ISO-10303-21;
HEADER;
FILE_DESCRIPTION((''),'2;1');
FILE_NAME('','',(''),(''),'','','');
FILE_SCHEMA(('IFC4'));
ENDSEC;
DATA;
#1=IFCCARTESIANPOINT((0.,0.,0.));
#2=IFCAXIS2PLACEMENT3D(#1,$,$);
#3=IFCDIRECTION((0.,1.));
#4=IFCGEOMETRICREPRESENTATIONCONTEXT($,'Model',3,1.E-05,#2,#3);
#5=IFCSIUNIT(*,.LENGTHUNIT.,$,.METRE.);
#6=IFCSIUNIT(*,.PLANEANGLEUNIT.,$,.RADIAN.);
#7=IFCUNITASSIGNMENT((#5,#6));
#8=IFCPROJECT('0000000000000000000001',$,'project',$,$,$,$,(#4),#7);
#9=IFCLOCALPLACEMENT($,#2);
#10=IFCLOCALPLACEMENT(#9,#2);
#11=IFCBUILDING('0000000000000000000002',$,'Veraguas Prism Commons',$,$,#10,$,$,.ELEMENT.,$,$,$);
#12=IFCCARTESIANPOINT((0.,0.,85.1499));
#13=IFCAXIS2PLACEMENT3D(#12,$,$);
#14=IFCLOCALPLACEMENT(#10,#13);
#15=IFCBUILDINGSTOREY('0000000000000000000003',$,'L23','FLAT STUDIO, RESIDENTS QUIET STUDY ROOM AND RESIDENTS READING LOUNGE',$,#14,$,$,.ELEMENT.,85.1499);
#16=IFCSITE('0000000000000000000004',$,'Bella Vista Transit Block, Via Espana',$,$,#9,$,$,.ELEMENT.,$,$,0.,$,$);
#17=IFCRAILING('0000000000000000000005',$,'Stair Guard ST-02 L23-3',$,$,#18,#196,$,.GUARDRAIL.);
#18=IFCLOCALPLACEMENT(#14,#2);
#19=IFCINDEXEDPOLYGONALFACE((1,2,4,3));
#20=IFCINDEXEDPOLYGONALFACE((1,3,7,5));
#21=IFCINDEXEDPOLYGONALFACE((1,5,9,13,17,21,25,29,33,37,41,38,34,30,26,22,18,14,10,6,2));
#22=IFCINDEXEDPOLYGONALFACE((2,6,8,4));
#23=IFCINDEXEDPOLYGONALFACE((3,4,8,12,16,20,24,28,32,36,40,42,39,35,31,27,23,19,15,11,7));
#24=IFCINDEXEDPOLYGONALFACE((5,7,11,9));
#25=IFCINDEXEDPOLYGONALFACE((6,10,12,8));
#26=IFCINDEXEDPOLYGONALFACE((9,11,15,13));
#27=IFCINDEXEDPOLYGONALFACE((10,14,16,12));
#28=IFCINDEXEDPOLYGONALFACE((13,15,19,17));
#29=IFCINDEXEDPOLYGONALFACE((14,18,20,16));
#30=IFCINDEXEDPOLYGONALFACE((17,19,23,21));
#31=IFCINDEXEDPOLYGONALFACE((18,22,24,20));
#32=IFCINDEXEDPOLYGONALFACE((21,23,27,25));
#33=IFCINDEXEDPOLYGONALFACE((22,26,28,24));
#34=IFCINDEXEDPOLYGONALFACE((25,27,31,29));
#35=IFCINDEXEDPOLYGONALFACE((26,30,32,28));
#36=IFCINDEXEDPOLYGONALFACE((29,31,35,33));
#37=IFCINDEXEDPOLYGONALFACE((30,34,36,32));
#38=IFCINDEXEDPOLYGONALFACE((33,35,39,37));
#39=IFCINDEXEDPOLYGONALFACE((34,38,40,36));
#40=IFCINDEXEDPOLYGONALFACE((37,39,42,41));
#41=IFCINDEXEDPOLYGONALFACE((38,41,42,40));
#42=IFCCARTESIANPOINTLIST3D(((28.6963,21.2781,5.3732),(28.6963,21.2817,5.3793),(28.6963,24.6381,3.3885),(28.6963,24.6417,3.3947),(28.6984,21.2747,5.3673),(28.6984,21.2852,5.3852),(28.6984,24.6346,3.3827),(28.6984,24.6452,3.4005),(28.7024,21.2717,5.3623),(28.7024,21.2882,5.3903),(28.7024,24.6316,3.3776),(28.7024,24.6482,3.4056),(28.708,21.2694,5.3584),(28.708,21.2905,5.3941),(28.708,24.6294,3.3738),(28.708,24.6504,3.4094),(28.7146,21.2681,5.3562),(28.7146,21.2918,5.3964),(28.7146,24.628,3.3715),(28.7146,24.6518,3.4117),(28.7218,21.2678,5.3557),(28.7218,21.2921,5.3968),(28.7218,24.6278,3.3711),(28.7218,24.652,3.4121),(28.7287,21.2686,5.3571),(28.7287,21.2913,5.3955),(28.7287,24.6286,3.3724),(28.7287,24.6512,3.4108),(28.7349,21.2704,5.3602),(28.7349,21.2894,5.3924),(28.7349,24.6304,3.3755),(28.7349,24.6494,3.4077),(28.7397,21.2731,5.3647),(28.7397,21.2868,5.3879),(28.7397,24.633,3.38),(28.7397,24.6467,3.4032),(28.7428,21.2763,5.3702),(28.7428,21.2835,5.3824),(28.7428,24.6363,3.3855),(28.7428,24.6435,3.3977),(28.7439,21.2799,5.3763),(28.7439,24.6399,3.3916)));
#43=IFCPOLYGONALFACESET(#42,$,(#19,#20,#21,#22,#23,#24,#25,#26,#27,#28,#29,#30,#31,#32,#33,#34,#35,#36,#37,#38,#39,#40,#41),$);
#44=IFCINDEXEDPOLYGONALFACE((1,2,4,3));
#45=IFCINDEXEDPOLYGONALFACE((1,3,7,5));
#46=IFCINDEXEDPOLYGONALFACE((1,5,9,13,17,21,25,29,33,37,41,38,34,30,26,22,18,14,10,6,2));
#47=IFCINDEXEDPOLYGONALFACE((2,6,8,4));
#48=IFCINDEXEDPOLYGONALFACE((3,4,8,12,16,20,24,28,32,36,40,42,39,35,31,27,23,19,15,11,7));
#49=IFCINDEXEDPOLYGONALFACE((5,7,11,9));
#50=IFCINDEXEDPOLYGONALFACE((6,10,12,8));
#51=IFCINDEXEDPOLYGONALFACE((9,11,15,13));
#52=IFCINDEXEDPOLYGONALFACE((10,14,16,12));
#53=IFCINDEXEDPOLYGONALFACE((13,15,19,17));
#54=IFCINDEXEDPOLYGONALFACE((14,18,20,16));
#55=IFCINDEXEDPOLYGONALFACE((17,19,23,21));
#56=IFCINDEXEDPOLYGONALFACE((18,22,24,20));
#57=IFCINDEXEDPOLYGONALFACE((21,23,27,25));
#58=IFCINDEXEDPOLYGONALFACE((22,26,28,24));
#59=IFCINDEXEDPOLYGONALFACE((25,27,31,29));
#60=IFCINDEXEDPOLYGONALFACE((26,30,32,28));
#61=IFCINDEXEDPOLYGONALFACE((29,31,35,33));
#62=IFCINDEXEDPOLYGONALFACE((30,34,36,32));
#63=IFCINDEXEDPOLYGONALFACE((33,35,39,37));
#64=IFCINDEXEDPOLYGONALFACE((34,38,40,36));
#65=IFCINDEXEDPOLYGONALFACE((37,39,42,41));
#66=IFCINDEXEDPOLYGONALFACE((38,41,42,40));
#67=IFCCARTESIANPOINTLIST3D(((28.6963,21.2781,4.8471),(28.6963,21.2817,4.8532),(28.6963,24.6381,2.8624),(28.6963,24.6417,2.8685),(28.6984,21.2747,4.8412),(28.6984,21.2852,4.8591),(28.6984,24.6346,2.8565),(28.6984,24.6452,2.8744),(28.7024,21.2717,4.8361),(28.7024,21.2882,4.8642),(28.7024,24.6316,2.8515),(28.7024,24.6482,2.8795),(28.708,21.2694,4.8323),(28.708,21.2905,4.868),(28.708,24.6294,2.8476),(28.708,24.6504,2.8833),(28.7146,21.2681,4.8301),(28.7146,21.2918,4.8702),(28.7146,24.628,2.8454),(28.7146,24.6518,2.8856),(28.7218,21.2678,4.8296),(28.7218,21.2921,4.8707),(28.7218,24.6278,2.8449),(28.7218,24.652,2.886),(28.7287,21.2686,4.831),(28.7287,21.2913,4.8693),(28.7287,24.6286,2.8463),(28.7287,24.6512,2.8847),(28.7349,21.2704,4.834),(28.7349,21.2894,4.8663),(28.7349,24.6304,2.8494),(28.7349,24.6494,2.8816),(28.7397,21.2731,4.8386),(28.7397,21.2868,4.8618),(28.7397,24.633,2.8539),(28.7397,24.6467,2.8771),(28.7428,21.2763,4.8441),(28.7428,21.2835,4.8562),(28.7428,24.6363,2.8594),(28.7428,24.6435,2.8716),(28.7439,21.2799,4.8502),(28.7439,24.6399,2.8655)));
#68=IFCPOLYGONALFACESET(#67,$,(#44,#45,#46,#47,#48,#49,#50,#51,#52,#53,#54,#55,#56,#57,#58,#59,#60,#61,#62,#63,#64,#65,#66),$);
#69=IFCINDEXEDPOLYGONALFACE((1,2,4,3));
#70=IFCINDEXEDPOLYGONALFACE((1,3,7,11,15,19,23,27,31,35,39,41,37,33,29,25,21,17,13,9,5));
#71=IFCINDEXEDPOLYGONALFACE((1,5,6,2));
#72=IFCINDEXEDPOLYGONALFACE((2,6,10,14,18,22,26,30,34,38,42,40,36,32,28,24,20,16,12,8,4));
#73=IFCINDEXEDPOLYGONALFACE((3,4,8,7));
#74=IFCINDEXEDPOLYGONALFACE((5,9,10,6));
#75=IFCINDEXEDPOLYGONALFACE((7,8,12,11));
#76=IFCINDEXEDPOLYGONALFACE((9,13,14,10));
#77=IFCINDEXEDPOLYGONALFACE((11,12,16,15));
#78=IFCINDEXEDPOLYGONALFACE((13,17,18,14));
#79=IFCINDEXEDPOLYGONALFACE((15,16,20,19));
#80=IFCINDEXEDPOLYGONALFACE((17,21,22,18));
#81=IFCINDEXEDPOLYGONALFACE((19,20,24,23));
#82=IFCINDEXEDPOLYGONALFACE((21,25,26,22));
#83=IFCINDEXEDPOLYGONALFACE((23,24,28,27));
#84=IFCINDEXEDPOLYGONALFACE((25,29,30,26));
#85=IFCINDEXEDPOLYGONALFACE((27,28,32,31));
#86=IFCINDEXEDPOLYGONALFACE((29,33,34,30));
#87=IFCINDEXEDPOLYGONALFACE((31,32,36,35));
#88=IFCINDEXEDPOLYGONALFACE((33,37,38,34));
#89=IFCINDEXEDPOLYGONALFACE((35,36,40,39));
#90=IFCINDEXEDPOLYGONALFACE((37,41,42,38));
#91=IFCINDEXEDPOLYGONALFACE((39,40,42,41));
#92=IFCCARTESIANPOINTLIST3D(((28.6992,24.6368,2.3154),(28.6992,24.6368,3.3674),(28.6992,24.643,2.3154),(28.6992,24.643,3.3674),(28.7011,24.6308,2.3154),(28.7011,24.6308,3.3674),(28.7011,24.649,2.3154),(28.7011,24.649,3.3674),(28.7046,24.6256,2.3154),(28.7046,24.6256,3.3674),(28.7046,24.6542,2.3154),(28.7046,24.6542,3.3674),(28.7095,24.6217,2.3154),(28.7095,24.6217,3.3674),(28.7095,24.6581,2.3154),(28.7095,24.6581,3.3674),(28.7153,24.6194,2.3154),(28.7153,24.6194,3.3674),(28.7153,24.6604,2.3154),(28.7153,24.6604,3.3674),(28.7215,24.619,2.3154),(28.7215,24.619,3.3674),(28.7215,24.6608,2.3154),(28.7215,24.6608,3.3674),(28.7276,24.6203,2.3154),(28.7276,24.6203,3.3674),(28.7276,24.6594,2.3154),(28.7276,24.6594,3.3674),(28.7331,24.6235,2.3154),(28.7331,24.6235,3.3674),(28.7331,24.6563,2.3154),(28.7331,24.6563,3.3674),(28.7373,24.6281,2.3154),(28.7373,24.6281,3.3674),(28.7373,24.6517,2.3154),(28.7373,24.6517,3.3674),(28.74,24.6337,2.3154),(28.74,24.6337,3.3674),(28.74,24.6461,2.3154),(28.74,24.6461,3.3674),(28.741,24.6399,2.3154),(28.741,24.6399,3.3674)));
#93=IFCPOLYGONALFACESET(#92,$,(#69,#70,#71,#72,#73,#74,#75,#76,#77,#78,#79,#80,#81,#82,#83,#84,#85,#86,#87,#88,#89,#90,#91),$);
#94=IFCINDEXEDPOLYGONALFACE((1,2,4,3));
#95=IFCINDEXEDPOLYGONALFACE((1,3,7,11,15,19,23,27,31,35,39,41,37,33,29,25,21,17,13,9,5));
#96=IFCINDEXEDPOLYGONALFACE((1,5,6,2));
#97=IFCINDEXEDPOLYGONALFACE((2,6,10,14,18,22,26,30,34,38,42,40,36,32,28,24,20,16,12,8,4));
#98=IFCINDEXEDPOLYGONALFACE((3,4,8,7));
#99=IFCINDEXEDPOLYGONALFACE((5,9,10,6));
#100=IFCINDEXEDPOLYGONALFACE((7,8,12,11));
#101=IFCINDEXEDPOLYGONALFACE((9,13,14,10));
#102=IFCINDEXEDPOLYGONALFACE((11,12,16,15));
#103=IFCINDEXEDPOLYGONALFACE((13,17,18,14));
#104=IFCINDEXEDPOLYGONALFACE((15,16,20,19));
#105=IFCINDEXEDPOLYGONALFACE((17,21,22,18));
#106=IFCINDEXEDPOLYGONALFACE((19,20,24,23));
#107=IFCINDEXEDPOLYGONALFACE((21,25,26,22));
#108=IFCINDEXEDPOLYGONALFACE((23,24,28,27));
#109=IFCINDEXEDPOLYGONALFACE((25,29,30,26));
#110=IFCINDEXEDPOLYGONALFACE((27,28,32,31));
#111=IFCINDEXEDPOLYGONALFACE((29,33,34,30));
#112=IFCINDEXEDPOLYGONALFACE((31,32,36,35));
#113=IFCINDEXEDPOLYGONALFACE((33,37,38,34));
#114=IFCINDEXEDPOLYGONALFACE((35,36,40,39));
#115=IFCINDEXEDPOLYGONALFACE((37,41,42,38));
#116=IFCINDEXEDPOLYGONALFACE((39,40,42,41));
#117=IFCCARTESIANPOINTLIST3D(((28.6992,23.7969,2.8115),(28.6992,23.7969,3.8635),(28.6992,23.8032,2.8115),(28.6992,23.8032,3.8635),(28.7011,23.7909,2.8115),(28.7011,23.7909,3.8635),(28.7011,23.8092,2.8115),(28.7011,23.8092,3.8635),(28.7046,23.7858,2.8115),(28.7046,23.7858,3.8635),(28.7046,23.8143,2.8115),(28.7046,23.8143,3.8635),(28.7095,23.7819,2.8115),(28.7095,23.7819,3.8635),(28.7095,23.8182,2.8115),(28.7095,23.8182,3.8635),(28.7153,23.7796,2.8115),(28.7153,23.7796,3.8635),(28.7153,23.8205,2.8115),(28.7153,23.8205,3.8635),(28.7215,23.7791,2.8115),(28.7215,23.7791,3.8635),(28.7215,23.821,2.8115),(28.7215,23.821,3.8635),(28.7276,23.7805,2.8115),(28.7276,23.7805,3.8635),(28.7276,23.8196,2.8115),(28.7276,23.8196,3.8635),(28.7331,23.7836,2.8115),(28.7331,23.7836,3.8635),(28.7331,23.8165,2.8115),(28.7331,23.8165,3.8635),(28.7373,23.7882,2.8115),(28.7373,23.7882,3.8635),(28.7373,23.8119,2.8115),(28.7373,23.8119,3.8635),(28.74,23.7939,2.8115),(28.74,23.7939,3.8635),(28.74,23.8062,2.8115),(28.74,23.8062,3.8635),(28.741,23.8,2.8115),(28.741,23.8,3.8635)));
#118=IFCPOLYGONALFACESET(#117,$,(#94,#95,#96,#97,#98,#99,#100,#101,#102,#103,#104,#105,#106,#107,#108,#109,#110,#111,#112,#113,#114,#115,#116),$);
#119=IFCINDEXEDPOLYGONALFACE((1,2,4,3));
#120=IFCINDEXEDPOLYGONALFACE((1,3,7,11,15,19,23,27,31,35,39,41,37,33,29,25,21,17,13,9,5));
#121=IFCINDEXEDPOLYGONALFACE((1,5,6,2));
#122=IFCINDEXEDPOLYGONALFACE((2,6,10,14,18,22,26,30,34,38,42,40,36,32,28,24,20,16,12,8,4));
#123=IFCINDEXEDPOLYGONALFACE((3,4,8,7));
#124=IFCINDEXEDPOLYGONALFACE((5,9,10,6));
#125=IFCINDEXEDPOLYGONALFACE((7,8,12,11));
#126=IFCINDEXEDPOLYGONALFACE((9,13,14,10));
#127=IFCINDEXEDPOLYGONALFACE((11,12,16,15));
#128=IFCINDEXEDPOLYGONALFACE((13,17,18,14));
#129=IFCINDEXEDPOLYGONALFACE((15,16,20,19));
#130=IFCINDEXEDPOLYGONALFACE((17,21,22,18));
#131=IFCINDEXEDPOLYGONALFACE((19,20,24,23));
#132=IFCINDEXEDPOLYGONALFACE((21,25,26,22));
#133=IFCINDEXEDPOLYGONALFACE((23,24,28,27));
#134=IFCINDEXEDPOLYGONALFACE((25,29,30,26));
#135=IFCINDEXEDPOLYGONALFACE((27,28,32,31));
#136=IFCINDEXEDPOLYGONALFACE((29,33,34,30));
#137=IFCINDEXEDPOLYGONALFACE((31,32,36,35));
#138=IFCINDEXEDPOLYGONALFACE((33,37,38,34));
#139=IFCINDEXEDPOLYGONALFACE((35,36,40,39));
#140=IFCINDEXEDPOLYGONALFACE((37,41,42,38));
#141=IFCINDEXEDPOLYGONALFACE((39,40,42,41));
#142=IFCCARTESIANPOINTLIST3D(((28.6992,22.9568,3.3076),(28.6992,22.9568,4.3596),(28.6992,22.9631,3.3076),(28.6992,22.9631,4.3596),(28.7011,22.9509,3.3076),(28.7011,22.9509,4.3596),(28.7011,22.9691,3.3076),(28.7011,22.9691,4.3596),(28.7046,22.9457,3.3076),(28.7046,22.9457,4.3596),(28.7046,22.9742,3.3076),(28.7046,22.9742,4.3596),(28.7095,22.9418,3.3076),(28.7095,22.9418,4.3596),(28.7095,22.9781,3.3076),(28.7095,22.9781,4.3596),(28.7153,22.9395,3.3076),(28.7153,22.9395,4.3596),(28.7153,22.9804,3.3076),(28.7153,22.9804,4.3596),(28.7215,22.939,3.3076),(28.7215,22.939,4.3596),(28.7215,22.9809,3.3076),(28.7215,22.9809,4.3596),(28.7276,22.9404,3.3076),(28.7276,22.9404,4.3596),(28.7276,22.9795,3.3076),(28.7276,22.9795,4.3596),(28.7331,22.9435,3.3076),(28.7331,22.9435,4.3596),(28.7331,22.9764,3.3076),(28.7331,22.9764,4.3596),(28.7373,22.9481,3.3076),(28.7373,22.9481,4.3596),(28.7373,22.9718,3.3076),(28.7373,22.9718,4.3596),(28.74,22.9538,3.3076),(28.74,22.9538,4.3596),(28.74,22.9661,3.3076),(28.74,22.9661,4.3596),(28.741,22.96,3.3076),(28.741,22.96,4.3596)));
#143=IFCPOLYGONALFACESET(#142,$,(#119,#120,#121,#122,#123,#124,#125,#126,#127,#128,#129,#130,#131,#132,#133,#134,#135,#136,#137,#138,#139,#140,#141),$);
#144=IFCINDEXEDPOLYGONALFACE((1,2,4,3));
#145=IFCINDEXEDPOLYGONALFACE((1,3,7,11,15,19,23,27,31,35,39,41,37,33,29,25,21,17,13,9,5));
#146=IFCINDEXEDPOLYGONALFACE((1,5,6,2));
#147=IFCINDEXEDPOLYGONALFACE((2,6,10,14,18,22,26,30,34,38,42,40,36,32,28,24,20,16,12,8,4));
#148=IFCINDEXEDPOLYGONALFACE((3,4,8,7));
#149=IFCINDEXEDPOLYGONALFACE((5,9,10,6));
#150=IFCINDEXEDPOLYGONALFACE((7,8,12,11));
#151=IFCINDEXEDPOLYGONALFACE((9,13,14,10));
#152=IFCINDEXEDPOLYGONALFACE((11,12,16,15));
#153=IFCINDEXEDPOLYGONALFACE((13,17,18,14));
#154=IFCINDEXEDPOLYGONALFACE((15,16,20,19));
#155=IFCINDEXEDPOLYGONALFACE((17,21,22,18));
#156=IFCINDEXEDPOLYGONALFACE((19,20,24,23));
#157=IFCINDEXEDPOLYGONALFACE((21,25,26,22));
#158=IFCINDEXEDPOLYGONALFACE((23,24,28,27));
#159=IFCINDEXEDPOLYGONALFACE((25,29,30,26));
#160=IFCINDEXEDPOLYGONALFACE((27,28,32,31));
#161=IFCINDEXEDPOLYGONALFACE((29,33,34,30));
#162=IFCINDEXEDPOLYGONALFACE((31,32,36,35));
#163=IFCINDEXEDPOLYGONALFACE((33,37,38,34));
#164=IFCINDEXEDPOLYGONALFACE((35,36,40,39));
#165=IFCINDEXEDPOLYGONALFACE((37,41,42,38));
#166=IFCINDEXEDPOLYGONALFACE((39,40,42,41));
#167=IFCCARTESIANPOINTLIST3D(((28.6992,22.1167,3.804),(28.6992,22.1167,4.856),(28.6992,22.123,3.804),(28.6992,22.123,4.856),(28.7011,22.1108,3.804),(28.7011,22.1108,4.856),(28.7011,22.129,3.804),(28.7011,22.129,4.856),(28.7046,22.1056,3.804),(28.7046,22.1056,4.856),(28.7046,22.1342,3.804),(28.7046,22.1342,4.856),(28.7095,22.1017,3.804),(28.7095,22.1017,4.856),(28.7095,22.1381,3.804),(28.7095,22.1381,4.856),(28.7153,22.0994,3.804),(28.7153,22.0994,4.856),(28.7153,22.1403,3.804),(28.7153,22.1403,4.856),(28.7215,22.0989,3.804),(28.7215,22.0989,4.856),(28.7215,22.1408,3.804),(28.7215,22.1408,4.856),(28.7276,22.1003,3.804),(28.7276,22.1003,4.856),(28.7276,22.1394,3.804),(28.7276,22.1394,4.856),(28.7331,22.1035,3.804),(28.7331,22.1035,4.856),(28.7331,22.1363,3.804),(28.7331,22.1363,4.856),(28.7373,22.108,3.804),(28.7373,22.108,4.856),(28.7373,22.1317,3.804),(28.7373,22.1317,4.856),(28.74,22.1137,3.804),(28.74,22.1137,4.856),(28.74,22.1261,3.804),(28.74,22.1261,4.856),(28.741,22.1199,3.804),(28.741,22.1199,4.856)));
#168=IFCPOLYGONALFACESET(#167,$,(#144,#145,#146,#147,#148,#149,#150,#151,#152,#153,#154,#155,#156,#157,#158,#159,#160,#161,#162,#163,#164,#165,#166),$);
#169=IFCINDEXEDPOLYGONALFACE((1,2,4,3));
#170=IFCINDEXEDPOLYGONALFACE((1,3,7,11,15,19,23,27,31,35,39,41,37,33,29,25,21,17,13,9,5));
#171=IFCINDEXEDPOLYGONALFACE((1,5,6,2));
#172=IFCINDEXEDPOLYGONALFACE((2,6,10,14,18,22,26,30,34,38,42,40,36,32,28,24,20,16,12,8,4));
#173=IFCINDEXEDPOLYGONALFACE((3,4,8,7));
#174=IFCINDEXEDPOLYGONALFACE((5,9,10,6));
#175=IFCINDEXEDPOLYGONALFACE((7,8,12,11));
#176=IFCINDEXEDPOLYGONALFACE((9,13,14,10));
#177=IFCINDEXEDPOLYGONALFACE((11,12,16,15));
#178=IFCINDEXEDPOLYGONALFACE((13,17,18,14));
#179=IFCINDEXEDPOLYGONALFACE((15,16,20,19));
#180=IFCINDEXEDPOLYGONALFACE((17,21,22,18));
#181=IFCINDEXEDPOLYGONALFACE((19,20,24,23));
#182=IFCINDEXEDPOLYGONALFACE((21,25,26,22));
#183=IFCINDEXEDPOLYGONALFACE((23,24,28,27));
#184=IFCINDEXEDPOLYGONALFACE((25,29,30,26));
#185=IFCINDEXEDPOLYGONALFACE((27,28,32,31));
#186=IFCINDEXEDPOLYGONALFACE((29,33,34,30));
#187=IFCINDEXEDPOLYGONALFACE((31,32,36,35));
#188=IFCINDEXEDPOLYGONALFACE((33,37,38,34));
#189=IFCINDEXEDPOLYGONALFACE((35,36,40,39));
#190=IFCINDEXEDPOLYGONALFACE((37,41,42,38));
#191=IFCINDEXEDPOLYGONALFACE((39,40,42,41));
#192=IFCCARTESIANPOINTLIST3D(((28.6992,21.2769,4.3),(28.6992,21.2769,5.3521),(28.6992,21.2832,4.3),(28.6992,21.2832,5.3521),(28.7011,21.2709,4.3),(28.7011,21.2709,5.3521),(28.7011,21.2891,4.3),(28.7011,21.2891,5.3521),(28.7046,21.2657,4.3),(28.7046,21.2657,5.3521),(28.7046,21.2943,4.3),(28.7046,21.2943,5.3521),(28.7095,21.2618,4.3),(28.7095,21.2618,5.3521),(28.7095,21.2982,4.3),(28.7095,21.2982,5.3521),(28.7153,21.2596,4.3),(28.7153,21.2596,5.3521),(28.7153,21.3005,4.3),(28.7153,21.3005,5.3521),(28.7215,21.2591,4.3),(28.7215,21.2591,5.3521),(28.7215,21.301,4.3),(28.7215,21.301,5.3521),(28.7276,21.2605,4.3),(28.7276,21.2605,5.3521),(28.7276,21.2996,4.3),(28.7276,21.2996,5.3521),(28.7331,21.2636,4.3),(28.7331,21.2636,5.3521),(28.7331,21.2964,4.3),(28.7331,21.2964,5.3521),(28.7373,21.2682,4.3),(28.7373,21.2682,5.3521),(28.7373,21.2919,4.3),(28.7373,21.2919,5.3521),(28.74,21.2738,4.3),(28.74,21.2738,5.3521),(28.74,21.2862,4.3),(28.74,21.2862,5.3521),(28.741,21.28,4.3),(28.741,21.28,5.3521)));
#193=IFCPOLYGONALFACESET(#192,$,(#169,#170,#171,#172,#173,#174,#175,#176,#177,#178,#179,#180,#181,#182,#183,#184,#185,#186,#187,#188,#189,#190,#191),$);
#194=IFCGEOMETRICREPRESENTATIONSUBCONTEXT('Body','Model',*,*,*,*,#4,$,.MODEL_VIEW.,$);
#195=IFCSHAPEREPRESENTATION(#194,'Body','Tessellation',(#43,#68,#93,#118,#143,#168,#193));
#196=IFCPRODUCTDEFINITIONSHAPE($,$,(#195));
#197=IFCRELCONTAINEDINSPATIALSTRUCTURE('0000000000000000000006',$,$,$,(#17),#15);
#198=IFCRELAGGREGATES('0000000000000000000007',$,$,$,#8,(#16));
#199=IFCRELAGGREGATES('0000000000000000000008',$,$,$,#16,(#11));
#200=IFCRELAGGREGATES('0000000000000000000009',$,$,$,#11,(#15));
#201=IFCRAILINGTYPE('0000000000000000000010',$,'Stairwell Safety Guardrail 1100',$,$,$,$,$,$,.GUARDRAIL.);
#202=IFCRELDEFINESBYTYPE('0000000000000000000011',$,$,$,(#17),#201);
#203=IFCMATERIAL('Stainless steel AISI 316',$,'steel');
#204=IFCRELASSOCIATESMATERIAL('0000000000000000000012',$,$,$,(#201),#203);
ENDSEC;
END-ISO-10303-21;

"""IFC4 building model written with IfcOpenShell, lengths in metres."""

from ifc_helpers import new_model, si_unit, direction, frame, origin, origin_2d, place, context, subcontext, project, spatial, circle, extrude, material, type_object, element, save


model = new_model("IFC4")

# Units and contexts
model_context = context("Model", 3, precision=1e-05, world=origin(), true_north=direction((0.0, 1.0)))
body_context = subcontext(model_context, "Body", "Model", "MODEL_VIEW")
ifc_project = project(units=[si_unit("LENGTHUNIT", "METRE"), si_unit("PLANEANGLEUNIT", "RADIAN")], contexts=[model_context])

# Site, building, storey
site_placement = place(None, origin())
site = spatial("IfcSite", under=ifc_project, at=site_placement, Name="Bella Vista Transit Block, Via Espana", CompositionType="ELEMENT", RefElevation=0.0)
building_placement = place(site_placement, origin())
building = spatial("IfcBuilding", under=site, at=building_placement, Name="Veraguas Prism Commons", CompositionType="ELEMENT")
storey_placement = place(building_placement, frame((0.0, 0.0, 85.1499)))
storey = spatial("IfcBuildingStorey", under=building, at=storey_placement, Name="L23", Description="FLAT STUDIO, RESIDENTS QUIET STUDY ROOM AND RESIDENTS READING LOUNGE", CompositionType="ELEMENT", Elevation=85.1499)

# Shared definitions
ifc_material_1 = material(Name="Stainless steel AISI 316", Category="steel")

# Railing
railing_type_1 = type_object("IfcRailingType", Name="Stairwell Safety Guardrail 1100", PredefinedType="GUARDRAIL", material=ifc_material_1)
railing_1_placement = place(storey_placement, frame((28.72, 24.6399, 2.3154)))
element("IfcRailing", 1, at=railing_1_placement, inside=storey, type_object=railing_type_1, Name="Stair Guard ST-02 L23-3", PredefinedType="GUARDRAIL", context=body_context, shape_type="SweptSolid", body=[
    extrude(circle(Radius=0.0239, at=origin_2d()), frame((0.0, 0.0, 1.0762), z_axis=(0.0, -0.861011, 0.508586), x_axis=(1.0, 0.0, 0.0)), (0.0, 0.0, 1.0), 3.9023),
    extrude(circle(Radius=0.0239, at=origin_2d()), frame((0.0, 0.0, 0.55), z_axis=(0.0, -0.861011, 0.508586), x_axis=(1.0, 0.0, 0.0)), (0.0, 0.0, 1.0), 3.9023),
    extrude(circle(Radius=0.021, at=origin_2d()), origin(), (0.0, 0.0, 1.0), 1.052),
    extrude(circle(Radius=0.021, at=origin_2d()), frame((0.0, -0.8398, 0.4961)), (0.0, 0.0, 1.0), 1.052),
    extrude(circle(Radius=0.021, at=origin_2d()), frame((0.0, -1.6799, 0.9922)), (0.0, 0.0, 1.0), 1.052),
    extrude(circle(Radius=0.021, at=origin_2d()), frame((0.0, -2.52, 1.4885)), (0.0, 0.0, 1.0), 1.052),
    extrude(circle(Radius=0.021, at=origin_2d()), frame((0.0, -3.3599, 1.9846)), (0.0, 0.0, 1.0), 1.052),
])

save(model, "model.ifc")
